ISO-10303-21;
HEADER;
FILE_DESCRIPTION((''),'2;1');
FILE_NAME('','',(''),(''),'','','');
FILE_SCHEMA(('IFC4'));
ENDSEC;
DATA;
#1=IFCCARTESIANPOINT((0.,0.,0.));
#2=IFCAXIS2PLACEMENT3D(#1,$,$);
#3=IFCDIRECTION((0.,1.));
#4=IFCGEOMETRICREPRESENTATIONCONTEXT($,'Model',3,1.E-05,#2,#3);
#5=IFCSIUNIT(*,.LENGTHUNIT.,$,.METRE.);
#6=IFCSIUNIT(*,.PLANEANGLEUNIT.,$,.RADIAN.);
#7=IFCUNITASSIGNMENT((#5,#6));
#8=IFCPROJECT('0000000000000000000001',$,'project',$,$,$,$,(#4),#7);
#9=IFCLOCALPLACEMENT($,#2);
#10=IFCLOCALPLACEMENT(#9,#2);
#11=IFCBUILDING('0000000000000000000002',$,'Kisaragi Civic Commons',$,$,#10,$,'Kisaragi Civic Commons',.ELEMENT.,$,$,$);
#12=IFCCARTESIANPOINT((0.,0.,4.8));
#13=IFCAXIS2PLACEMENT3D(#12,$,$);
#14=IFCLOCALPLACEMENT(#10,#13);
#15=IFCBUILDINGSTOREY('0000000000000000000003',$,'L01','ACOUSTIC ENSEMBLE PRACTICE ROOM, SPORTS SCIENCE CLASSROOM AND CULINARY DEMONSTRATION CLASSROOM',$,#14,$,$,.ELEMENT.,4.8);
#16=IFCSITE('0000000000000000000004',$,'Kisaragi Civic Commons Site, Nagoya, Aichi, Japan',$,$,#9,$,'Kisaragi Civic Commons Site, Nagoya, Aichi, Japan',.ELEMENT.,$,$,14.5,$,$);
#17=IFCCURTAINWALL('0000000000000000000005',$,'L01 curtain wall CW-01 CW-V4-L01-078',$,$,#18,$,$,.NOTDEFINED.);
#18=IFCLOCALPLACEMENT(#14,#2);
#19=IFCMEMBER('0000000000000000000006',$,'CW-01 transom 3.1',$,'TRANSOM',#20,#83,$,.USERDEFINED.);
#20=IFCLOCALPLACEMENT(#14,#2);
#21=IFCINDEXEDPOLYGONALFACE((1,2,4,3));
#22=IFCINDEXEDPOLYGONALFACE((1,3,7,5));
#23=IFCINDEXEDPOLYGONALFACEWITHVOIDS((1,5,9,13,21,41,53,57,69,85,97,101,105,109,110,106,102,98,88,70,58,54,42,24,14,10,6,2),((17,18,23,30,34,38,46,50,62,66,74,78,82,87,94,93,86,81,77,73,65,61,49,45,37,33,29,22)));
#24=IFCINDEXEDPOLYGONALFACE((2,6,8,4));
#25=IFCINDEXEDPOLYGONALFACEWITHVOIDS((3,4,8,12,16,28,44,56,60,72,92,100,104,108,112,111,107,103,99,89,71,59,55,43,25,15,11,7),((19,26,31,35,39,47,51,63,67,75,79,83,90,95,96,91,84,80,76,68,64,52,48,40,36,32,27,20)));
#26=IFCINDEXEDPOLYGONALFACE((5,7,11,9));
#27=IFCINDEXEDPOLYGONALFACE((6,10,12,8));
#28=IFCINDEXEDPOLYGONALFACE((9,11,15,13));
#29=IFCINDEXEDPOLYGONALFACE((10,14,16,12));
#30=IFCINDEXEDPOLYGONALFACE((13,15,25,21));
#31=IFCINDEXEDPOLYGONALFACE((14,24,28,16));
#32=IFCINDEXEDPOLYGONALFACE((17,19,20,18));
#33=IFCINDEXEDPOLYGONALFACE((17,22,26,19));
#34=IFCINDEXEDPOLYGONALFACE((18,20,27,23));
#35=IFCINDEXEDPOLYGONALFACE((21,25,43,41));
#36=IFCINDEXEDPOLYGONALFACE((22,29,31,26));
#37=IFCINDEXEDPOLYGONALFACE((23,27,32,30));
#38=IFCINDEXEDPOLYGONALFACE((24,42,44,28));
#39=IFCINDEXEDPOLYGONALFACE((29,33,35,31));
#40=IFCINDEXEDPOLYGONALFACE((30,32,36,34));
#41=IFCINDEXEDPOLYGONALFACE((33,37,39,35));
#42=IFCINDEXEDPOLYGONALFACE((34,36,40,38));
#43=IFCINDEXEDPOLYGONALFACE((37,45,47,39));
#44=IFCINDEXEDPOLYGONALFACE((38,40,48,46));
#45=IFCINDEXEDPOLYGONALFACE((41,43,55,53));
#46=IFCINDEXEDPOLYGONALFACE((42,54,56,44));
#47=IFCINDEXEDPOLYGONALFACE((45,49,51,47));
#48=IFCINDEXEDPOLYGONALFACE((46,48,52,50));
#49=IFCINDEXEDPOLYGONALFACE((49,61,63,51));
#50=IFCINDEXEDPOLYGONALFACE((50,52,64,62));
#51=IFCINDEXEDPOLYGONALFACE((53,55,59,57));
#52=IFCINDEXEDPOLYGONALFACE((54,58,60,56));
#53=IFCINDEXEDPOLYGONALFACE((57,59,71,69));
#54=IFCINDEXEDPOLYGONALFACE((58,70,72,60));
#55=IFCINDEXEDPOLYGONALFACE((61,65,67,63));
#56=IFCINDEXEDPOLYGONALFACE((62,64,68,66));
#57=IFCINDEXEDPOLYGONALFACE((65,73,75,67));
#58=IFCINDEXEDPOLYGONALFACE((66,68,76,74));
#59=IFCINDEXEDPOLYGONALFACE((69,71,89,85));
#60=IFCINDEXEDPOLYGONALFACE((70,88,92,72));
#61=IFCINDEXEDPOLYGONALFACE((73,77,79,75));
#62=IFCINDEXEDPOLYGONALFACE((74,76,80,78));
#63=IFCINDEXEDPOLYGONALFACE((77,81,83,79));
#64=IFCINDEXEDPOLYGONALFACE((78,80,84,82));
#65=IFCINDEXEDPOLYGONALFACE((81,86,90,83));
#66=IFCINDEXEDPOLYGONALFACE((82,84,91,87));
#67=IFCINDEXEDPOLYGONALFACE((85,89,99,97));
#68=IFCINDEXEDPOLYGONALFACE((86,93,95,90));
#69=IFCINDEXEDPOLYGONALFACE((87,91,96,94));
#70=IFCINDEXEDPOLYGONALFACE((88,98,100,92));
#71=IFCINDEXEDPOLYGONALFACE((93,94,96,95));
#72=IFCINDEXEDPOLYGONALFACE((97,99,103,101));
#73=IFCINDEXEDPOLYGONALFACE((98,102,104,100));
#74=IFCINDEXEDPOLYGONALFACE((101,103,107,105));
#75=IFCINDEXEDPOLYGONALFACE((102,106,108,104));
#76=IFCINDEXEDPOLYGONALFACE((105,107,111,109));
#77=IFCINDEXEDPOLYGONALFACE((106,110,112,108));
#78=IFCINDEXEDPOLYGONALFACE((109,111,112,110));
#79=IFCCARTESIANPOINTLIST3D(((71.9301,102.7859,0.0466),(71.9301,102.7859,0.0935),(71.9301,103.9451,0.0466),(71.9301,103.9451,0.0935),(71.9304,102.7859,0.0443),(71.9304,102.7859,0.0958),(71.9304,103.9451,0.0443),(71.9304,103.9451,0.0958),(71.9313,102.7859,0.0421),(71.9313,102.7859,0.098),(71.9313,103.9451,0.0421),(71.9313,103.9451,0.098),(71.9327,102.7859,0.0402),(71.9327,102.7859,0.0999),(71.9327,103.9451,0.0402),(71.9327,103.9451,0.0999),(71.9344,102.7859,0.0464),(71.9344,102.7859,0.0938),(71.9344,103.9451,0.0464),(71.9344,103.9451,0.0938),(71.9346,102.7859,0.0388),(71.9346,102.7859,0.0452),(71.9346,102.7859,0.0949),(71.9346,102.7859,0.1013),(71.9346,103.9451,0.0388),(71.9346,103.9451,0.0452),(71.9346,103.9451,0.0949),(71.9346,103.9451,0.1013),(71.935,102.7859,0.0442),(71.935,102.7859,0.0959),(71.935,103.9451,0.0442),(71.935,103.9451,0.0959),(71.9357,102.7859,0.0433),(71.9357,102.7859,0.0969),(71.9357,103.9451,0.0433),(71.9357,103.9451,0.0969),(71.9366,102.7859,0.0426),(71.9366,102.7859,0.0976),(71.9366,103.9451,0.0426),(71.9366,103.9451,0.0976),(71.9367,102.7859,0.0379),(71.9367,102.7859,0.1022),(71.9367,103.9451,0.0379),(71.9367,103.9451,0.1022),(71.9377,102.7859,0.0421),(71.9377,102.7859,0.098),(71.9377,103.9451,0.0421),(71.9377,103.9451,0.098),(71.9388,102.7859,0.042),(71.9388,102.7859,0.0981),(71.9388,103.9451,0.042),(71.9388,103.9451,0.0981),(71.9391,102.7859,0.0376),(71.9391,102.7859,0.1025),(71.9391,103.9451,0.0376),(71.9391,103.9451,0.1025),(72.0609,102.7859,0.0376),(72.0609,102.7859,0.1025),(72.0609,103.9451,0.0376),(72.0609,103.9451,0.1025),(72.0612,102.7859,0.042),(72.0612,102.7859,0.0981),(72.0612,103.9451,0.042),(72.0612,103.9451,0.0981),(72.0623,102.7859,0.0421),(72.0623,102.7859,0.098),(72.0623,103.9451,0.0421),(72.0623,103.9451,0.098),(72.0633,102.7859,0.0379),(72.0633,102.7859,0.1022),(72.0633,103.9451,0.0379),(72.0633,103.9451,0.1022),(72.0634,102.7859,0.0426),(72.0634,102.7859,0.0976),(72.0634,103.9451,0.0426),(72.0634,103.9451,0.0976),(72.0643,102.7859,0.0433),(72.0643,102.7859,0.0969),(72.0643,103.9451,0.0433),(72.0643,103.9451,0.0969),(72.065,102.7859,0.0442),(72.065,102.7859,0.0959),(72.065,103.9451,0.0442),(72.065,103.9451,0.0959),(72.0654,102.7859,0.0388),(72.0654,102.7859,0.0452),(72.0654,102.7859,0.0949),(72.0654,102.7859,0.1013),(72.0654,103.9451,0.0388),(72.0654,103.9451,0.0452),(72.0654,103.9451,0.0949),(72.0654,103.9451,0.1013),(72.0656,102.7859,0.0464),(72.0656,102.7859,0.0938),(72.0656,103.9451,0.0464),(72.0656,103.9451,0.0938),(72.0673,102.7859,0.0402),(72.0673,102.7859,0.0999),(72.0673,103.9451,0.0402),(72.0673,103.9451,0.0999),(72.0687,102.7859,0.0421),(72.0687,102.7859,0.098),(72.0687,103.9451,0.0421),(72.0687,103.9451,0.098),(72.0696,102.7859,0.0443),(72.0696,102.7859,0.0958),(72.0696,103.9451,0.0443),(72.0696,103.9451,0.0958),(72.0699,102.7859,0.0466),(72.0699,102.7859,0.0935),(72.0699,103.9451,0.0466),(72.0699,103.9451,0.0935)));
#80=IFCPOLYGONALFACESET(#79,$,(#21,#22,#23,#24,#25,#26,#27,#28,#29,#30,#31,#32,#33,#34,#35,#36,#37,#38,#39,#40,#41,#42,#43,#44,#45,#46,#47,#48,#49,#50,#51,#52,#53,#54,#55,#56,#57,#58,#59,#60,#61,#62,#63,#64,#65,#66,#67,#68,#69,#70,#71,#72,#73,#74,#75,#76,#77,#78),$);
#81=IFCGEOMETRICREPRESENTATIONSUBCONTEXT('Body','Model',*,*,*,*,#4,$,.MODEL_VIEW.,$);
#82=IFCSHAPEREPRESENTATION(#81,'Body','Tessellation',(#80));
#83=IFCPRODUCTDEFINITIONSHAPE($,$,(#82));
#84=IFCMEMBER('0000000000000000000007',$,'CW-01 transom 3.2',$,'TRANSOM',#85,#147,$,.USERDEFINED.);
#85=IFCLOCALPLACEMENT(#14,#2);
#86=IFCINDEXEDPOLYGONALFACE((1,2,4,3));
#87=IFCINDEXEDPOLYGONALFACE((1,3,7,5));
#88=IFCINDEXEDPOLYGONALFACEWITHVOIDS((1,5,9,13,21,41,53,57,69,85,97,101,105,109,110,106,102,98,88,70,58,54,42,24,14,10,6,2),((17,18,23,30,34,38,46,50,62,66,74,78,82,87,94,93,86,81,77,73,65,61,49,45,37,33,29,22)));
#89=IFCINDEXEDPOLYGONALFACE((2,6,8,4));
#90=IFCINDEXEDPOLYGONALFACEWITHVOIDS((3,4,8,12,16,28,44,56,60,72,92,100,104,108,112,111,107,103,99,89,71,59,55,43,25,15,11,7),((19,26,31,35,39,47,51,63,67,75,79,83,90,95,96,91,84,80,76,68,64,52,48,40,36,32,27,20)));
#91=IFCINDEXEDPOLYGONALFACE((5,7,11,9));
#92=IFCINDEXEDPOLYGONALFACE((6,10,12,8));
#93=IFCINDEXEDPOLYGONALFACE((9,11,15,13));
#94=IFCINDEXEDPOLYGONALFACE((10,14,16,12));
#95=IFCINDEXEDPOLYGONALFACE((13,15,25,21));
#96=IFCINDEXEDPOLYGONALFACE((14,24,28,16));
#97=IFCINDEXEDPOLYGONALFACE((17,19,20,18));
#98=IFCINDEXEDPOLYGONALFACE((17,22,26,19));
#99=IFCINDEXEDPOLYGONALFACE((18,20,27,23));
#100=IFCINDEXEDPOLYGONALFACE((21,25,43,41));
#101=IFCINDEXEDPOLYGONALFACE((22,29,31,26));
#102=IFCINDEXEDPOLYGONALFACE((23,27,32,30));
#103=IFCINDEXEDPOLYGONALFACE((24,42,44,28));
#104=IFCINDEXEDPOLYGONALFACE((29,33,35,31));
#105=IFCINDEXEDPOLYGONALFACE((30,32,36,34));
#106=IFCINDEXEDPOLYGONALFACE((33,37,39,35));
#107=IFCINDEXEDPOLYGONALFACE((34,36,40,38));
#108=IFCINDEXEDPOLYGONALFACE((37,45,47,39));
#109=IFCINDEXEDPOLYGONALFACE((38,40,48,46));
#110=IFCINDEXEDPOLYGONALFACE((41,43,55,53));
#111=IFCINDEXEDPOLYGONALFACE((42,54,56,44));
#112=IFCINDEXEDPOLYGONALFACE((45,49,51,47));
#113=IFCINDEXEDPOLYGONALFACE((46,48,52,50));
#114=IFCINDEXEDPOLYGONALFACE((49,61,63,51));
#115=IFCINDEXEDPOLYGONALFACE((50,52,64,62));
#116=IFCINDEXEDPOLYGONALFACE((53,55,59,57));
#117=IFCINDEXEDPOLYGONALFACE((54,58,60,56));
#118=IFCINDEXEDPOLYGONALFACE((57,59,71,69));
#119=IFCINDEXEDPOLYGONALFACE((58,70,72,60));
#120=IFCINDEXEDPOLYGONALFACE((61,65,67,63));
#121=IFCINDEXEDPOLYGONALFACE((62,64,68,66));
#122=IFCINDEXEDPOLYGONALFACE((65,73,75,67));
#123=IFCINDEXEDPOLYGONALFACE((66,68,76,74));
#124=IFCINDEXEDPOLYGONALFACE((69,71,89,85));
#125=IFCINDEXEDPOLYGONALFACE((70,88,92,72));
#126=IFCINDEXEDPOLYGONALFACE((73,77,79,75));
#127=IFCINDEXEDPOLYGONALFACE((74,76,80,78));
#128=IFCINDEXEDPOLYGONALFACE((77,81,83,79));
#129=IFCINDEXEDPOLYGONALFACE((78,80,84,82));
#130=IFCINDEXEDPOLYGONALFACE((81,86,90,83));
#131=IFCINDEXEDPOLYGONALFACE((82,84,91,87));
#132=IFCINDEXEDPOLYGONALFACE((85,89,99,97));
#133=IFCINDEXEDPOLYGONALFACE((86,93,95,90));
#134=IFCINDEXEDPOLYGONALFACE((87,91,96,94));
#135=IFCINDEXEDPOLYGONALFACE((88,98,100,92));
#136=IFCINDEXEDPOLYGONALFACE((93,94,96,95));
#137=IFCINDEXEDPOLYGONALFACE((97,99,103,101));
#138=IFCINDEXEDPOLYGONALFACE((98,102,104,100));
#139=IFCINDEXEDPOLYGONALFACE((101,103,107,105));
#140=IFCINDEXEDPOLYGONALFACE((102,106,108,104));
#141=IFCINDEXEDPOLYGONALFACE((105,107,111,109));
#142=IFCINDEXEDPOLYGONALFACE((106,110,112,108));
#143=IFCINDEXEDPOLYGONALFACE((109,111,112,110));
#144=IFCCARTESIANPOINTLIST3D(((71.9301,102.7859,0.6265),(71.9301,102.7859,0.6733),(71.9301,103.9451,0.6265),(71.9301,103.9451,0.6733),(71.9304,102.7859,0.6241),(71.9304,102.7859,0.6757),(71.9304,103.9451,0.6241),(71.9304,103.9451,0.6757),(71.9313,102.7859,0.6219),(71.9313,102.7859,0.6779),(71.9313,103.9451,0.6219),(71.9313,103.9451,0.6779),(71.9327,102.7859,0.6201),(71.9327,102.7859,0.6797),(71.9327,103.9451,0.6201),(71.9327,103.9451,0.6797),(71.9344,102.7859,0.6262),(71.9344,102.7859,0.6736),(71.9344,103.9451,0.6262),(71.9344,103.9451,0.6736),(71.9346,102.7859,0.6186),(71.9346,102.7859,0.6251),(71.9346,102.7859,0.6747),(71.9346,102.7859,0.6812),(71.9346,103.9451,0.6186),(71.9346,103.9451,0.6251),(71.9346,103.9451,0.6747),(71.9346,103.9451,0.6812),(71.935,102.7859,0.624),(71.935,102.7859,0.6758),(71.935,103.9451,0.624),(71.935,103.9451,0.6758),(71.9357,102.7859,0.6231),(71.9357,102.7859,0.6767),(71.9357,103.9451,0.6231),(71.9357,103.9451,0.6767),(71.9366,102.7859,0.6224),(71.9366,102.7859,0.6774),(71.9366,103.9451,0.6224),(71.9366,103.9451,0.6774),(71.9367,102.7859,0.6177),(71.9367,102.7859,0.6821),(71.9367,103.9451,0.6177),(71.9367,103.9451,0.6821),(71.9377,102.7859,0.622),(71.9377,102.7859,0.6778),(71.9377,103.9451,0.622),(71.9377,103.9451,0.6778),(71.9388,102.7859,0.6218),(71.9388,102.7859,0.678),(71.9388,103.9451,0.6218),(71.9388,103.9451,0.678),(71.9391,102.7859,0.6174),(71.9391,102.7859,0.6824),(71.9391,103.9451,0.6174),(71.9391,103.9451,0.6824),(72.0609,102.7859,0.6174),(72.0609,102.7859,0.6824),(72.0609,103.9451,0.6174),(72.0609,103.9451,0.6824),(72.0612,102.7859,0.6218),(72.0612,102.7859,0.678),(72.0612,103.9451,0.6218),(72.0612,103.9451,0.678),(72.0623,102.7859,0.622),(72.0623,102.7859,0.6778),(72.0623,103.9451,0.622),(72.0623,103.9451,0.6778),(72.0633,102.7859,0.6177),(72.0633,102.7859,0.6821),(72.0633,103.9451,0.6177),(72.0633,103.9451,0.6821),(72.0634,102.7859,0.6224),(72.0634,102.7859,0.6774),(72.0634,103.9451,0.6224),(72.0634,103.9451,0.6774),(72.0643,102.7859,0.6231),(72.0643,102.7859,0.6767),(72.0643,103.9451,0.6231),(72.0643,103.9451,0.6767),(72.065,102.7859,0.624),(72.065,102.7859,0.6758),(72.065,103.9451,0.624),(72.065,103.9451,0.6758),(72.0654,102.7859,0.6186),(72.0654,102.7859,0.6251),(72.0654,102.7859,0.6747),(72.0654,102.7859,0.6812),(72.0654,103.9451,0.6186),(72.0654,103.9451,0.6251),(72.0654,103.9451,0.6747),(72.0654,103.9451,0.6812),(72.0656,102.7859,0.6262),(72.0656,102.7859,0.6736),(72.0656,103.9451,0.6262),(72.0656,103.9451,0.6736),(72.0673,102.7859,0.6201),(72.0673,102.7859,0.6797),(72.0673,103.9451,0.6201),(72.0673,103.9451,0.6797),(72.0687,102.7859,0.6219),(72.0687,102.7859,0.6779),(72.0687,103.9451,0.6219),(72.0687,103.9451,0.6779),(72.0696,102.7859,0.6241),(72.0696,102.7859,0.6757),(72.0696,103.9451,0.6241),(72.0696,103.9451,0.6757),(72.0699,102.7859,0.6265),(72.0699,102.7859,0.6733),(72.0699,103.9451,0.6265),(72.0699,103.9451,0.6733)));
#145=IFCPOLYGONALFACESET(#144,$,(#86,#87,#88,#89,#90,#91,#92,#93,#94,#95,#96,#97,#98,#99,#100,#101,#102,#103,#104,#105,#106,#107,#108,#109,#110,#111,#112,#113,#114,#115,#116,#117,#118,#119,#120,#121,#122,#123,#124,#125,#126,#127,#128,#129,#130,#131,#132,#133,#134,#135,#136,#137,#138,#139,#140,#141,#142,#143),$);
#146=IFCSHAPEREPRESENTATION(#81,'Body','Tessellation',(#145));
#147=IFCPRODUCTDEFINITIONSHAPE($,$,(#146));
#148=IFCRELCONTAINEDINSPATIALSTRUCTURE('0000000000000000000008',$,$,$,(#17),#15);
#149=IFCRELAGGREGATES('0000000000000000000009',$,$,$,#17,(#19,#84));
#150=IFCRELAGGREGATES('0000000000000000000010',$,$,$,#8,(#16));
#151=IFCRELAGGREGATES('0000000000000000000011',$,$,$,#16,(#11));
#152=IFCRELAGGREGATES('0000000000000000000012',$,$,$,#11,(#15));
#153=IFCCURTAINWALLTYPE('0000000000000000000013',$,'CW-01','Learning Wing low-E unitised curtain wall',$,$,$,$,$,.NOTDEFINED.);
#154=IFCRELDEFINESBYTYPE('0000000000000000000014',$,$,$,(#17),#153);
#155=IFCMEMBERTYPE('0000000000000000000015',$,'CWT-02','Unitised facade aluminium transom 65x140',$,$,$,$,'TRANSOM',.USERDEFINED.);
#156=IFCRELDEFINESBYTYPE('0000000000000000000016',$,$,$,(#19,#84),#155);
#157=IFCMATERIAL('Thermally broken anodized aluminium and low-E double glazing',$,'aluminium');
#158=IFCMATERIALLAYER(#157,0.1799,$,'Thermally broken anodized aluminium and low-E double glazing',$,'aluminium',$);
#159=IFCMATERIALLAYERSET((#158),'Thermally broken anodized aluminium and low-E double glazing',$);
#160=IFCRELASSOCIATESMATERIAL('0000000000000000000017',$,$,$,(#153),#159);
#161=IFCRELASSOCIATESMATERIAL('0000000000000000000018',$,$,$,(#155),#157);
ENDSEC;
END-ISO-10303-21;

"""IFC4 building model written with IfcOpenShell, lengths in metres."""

from ifc_helpers import new_model, si_unit, direction, frame, origin, origin_2d, place, context, subcontext, project, spatial, hollow_rectangle, extrude, material, layer, layer_set, material_profile, profile_set, type_object, element, aggregate, save


model = new_model("IFC4")

# Units and contexts
model_context = context("Model", 3, precision=1e-05, world=origin(), true_north=direction((0.0, 1.0)))
body_context = subcontext(model_context, "Body", "Model", "MODEL_VIEW")
ifc_project = project(units=[si_unit("LENGTHUNIT", "METRE"), si_unit("PLANEANGLEUNIT", "RADIAN")], contexts=[model_context])

# Site, building, storey
site_placement = place(None, origin())
site = spatial("IfcSite", under=ifc_project, at=site_placement, Name="Kisaragi Civic Commons Site, Nagoya, Aichi, Japan", LongName="Kisaragi Civic Commons Site, Nagoya, Aichi, Japan", CompositionType="ELEMENT", RefElevation=14.5)
building_placement = place(site_placement, origin())
building = spatial("IfcBuilding", under=site, at=building_placement, Name="Kisaragi Civic Commons", LongName="Kisaragi Civic Commons", CompositionType="ELEMENT")
storey_placement = place(building_placement, frame((0.0, 0.0, 4.8)))
storey = spatial("IfcBuildingStorey", under=building, at=storey_placement, Name="L01", Description="ACOUSTIC ENSEMBLE PRACTICE ROOM, SPORTS SCIENCE CLASSROOM AND CULINARY DEMONSTRATION CLASSROOM", CompositionType="ELEMENT", Elevation=4.8)

# Curtain wall, members
ifc_material_1 = material(Name="Thermally broken anodized aluminium and low-E double glazing", Category="aluminium")
ifc_layer_1 = layer(ifc_material_1, 0.1799, Name="Thermally broken anodized aluminium and low-E double glazing", Category="aluminium")
ifc_layer_set_1 = layer_set([ifc_layer_1], Name="Thermally broken anodized aluminium and low-E double glazing")
curtain_wall_type = type_object("IfcCurtainWallType", Name="CW-01", Description="Learning Wing low-E unitised curtain wall", PredefinedType="NOTDEFINED", material=ifc_layer_set_1)
curtain_wall_placement = place(storey_placement, origin())
curtain_wall = element("IfcCurtainWall", 1, at=curtain_wall_placement, inside=storey, type_object=curtain_wall_type, Name="L01 curtain wall CW-01 CW-V4-L01-078", PredefinedType="NOTDEFINED")
ifc_material_profile_1 = material_profile(ifc_material_1, hollow_rectangle(XDim=0.1399, YDim=0.0649, WallThickness=0.0044, InnerFilletRadius=0.0044, OuterFilletRadius=0.009, at=origin_2d()), Name="CWT-65x140x4.5", Category="aluminium")
ifc_profile_set_1 = profile_set([ifc_material_profile_1], Name="Thermally broken anodized aluminium and low-E double glazing")
member_type_1 = type_object("IfcMemberType", Name="CWT-02", Description="Unitised facade aluminium transom 65x140", ElementType="TRANSOM", PredefinedType="USERDEFINED", material=ifc_profile_set_1)
member_1_placement = place(storey_placement, frame((72.0, 102.7859, 0.0701), z_axis=(0.0, 1.0, 0.0), x_axis=(-1.0, 0.0, 0.0)))
member_1 = element("IfcMember", 2, at=member_1_placement, type_object=member_type_1, Name="CW-01 transom 3.1", ObjectType="TRANSOM", PredefinedType="USERDEFINED", context=body_context, shape_type="SweptSolid", body=[
    extrude(hollow_rectangle(XDim=0.1399, YDim=0.0649, WallThickness=0.0044, InnerFilletRadius=0.0044, OuterFilletRadius=0.009, at=origin_2d()), origin(), (0.0, 0.0, 1.0), 1.1592),
])
member_2_placement = place(storey_placement, frame((72.0, 102.7859, 0.6499), z_axis=(0.0, 1.0, 0.0), x_axis=(-1.0, 0.0, 0.0)))
member_2 = element("IfcMember", 3, at=member_2_placement, type_object=member_type_1, Name="CW-01 transom 3.2", ObjectType="TRANSOM", PredefinedType="USERDEFINED", context=body_context, shape_type="SweptSolid", body=[
    extrude(hollow_rectangle(XDim=0.1399, YDim=0.0649, WallThickness=0.0044, InnerFilletRadius=0.0044, OuterFilletRadius=0.009, at=origin_2d()), origin(), (0.0, 0.0, 1.0), 1.1592),
])

aggregate(curtain_wall, [member_1, member_2])

save(model, "model.ifc")
